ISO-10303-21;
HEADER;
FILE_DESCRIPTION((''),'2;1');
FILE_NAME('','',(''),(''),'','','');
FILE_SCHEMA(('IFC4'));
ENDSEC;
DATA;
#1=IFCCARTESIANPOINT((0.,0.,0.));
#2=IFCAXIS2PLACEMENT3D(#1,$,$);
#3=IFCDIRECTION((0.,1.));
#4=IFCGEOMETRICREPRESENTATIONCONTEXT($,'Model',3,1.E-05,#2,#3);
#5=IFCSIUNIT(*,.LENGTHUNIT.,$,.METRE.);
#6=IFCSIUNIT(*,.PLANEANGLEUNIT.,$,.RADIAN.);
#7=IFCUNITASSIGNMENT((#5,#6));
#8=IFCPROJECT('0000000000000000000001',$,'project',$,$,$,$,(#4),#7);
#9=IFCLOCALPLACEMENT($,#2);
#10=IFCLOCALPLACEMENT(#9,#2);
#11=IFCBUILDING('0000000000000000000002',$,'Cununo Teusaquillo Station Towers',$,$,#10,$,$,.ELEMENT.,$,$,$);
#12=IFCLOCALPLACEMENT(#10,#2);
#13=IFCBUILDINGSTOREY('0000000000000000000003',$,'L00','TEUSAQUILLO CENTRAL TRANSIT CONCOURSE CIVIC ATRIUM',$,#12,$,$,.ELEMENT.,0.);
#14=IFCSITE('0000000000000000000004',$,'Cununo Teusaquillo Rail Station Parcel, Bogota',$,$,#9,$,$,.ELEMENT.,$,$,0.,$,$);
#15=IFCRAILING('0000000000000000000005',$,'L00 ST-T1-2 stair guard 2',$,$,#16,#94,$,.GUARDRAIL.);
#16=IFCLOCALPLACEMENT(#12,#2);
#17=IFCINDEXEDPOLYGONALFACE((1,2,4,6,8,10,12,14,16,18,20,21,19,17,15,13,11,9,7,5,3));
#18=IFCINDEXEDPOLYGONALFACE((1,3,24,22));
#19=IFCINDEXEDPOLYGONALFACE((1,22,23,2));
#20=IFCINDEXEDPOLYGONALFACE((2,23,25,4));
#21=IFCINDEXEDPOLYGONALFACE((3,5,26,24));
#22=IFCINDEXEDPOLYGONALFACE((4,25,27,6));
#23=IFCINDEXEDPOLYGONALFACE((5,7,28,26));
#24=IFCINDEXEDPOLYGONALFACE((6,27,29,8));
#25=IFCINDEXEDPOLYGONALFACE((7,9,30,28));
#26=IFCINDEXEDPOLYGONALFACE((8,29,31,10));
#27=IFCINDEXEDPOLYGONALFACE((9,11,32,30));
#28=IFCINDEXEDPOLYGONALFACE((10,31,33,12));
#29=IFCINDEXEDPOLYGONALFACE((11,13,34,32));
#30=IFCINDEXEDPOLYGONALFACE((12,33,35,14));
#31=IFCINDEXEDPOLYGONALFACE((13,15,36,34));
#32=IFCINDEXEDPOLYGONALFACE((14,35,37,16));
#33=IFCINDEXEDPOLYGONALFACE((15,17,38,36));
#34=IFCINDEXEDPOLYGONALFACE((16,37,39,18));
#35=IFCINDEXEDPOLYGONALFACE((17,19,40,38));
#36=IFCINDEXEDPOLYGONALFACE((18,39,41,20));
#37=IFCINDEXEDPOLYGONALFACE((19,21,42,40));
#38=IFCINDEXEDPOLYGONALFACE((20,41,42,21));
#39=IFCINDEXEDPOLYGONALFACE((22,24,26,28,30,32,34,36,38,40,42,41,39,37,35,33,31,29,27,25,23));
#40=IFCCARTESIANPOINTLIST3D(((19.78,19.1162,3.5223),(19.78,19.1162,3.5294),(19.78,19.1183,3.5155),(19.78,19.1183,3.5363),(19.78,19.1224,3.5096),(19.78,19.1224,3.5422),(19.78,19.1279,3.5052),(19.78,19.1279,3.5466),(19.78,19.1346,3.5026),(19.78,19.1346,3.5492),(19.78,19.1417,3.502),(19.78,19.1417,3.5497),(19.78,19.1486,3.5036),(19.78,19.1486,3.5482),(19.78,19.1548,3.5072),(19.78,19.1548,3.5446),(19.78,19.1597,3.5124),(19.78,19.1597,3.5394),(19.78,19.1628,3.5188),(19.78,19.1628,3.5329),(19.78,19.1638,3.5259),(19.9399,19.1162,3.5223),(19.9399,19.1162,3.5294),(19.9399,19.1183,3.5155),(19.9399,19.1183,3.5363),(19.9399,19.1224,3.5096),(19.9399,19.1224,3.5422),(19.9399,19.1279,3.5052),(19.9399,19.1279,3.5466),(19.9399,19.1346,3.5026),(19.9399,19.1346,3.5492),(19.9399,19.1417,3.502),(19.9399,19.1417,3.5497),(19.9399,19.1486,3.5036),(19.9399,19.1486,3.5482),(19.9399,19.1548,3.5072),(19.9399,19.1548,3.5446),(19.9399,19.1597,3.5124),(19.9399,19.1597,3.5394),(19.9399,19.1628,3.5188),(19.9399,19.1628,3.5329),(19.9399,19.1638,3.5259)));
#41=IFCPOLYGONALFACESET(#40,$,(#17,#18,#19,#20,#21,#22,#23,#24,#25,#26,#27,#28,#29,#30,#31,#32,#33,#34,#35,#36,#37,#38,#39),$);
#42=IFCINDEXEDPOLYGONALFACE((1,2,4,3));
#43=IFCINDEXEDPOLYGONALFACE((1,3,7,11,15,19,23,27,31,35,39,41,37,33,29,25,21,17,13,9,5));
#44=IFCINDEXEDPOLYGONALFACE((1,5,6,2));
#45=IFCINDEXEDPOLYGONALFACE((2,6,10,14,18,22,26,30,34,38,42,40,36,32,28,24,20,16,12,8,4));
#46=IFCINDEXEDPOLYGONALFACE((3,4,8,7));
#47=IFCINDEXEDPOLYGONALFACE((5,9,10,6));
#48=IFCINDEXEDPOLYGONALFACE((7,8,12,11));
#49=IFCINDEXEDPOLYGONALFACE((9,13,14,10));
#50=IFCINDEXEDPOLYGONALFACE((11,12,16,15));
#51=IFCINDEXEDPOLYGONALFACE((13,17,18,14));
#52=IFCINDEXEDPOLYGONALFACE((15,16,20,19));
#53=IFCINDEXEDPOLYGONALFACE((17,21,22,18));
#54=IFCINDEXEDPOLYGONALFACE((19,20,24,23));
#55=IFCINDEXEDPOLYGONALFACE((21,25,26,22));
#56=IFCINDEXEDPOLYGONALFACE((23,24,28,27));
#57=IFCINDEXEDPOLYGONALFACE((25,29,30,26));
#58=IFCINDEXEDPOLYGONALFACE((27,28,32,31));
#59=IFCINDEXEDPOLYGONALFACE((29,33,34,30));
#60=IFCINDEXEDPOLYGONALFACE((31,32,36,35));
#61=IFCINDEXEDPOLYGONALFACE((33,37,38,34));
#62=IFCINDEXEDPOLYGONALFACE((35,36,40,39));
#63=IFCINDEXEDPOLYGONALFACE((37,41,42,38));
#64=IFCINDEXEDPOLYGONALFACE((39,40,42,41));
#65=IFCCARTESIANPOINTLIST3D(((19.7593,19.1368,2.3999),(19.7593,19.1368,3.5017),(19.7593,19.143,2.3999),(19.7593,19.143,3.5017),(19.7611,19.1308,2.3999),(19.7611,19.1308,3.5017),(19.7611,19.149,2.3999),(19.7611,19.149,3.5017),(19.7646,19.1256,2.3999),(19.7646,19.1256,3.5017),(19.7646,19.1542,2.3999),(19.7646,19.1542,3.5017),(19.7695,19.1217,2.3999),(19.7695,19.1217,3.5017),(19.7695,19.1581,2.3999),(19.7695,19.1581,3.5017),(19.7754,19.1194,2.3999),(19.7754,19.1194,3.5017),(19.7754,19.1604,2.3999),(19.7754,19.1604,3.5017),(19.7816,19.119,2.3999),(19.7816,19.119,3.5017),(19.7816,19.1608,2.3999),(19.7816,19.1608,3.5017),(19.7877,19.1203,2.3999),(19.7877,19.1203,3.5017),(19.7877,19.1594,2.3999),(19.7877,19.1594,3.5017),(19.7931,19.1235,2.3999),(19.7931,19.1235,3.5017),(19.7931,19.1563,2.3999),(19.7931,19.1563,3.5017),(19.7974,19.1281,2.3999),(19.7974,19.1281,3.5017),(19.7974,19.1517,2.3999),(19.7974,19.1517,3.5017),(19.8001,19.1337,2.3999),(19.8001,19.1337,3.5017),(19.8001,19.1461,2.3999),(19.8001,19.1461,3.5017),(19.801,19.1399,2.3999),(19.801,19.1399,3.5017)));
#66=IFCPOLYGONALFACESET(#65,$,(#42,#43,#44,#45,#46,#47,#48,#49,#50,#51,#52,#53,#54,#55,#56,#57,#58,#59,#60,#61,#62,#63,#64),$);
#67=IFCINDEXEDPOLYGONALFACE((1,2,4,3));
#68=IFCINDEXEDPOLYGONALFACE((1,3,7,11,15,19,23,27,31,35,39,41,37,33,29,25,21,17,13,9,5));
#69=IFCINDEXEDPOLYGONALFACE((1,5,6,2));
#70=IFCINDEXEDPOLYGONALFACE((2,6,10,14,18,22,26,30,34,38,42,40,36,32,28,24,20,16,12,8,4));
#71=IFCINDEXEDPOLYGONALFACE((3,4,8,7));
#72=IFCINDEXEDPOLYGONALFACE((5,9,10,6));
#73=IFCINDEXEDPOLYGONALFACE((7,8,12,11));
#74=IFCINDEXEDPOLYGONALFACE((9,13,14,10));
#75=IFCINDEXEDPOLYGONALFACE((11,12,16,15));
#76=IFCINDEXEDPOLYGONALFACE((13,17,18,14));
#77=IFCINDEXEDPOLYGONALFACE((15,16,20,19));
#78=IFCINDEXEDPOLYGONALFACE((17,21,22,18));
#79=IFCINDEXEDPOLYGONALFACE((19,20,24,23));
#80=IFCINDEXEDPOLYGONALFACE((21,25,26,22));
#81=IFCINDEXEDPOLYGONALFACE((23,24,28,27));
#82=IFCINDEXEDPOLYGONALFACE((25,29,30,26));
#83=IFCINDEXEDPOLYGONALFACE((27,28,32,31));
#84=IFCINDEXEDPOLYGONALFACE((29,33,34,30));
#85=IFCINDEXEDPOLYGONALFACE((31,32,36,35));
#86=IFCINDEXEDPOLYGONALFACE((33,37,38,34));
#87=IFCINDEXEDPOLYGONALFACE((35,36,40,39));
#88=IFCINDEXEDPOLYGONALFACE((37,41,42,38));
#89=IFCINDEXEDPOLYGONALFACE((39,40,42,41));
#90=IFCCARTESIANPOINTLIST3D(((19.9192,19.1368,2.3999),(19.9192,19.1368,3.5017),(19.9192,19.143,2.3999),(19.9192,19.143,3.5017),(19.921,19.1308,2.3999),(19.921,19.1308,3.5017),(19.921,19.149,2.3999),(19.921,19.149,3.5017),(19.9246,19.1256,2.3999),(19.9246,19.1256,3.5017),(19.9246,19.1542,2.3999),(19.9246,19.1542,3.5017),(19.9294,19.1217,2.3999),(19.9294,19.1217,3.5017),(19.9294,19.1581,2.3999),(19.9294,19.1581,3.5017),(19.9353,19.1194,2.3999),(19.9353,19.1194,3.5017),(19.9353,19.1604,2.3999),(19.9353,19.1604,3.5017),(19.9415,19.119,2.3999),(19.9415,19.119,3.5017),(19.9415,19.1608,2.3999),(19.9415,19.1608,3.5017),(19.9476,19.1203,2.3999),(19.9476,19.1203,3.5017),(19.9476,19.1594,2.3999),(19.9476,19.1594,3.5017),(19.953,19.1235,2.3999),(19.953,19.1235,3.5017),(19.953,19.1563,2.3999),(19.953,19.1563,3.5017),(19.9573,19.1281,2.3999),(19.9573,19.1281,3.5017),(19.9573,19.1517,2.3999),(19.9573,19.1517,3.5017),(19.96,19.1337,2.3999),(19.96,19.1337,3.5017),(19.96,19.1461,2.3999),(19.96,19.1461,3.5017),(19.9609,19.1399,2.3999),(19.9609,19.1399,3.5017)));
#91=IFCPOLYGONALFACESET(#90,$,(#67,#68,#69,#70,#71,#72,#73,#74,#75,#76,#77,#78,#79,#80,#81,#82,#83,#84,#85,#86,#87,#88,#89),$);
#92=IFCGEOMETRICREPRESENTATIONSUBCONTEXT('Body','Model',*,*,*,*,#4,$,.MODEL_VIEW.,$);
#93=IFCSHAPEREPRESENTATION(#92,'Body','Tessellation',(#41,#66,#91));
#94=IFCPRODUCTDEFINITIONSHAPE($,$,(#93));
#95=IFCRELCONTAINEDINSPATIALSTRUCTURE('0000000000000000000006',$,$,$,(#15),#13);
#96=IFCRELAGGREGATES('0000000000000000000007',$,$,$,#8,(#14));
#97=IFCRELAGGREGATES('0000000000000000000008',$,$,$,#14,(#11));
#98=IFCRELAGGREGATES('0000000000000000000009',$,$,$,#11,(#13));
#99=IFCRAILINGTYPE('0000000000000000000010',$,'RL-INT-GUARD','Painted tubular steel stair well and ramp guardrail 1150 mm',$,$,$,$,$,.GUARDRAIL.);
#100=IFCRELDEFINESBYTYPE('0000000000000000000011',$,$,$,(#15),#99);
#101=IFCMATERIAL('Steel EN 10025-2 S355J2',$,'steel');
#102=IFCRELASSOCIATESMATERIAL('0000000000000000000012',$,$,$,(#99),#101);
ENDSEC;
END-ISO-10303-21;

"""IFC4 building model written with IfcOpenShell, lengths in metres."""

from ifc_helpers import new_model, si_unit, direction, frame, origin, origin_2d, place, context, subcontext, project, spatial, circle, extrude, material, type_object, element, save


model = new_model("IFC4")

# Units and contexts
model_context = context("Model", 3, precision=1e-05, world=origin(), true_north=direction((0.0, 1.0)))
body_context = subcontext(model_context, "Body", "Model", "MODEL_VIEW")
ifc_project = project(units=[si_unit("LENGTHUNIT", "METRE"), si_unit("PLANEANGLEUNIT", "RADIAN")], contexts=[model_context])

# Site, building, storey
site_placement = place(None, origin())
site = spatial("IfcSite", under=ifc_project, at=site_placement, Name="Cununo Teusaquillo Rail Station Parcel, Bogota", CompositionType="ELEMENT", RefElevation=0.0)
building_placement = place(site_placement, origin())
building = spatial("IfcBuilding", under=site, at=building_placement, Name="Cununo Teusaquillo Station Towers", CompositionType="ELEMENT")
storey_placement = place(building_placement, origin())
storey = spatial("IfcBuildingStorey", under=building, at=storey_placement, Name="L00", Description="TEUSAQUILLO CENTRAL TRANSIT CONCOURSE CIVIC ATRIUM", CompositionType="ELEMENT", Elevation=0.0)

# Railing
ifc_material_1 = material(Name="Steel EN 10025-2 S355J2", Category="steel")
railing_type_1 = type_object("IfcRailingType", Name="RL-INT-GUARD", Description="Painted tubular steel stair well and ramp guardrail 1150 mm", PredefinedType="GUARDRAIL", material=ifc_material_1)
railing_1_placement = place(storey_placement, frame((19.78, 19.1399, 2.3999)))
element("IfcRailing", 1, at=railing_1_placement, inside=storey, type_object=railing_type_1, Name="L00 ST-T1-2 stair guard 2", PredefinedType="GUARDRAIL", context=body_context, shape_type="SweptSolid", body=[
    extrude(circle(Radius=0.0239, at=origin_2d()), frame((0.0, 0.0, 1.126), z_axis=(1.0, 0.0, 0.0), x_axis=(0.0, 1.0, 0.0)), (0.0, 0.0, 1.0), 0.1599),
    extrude(circle(Radius=0.021, at=origin_2d()), origin(), (0.0, 0.0, 1.0), 1.1018),
    extrude(circle(Radius=0.021, at=origin_2d()), frame((0.1599, 0.0, 0.0)), (0.0, 0.0, 1.0), 1.1018),
])

save(model, "model.ifc")
